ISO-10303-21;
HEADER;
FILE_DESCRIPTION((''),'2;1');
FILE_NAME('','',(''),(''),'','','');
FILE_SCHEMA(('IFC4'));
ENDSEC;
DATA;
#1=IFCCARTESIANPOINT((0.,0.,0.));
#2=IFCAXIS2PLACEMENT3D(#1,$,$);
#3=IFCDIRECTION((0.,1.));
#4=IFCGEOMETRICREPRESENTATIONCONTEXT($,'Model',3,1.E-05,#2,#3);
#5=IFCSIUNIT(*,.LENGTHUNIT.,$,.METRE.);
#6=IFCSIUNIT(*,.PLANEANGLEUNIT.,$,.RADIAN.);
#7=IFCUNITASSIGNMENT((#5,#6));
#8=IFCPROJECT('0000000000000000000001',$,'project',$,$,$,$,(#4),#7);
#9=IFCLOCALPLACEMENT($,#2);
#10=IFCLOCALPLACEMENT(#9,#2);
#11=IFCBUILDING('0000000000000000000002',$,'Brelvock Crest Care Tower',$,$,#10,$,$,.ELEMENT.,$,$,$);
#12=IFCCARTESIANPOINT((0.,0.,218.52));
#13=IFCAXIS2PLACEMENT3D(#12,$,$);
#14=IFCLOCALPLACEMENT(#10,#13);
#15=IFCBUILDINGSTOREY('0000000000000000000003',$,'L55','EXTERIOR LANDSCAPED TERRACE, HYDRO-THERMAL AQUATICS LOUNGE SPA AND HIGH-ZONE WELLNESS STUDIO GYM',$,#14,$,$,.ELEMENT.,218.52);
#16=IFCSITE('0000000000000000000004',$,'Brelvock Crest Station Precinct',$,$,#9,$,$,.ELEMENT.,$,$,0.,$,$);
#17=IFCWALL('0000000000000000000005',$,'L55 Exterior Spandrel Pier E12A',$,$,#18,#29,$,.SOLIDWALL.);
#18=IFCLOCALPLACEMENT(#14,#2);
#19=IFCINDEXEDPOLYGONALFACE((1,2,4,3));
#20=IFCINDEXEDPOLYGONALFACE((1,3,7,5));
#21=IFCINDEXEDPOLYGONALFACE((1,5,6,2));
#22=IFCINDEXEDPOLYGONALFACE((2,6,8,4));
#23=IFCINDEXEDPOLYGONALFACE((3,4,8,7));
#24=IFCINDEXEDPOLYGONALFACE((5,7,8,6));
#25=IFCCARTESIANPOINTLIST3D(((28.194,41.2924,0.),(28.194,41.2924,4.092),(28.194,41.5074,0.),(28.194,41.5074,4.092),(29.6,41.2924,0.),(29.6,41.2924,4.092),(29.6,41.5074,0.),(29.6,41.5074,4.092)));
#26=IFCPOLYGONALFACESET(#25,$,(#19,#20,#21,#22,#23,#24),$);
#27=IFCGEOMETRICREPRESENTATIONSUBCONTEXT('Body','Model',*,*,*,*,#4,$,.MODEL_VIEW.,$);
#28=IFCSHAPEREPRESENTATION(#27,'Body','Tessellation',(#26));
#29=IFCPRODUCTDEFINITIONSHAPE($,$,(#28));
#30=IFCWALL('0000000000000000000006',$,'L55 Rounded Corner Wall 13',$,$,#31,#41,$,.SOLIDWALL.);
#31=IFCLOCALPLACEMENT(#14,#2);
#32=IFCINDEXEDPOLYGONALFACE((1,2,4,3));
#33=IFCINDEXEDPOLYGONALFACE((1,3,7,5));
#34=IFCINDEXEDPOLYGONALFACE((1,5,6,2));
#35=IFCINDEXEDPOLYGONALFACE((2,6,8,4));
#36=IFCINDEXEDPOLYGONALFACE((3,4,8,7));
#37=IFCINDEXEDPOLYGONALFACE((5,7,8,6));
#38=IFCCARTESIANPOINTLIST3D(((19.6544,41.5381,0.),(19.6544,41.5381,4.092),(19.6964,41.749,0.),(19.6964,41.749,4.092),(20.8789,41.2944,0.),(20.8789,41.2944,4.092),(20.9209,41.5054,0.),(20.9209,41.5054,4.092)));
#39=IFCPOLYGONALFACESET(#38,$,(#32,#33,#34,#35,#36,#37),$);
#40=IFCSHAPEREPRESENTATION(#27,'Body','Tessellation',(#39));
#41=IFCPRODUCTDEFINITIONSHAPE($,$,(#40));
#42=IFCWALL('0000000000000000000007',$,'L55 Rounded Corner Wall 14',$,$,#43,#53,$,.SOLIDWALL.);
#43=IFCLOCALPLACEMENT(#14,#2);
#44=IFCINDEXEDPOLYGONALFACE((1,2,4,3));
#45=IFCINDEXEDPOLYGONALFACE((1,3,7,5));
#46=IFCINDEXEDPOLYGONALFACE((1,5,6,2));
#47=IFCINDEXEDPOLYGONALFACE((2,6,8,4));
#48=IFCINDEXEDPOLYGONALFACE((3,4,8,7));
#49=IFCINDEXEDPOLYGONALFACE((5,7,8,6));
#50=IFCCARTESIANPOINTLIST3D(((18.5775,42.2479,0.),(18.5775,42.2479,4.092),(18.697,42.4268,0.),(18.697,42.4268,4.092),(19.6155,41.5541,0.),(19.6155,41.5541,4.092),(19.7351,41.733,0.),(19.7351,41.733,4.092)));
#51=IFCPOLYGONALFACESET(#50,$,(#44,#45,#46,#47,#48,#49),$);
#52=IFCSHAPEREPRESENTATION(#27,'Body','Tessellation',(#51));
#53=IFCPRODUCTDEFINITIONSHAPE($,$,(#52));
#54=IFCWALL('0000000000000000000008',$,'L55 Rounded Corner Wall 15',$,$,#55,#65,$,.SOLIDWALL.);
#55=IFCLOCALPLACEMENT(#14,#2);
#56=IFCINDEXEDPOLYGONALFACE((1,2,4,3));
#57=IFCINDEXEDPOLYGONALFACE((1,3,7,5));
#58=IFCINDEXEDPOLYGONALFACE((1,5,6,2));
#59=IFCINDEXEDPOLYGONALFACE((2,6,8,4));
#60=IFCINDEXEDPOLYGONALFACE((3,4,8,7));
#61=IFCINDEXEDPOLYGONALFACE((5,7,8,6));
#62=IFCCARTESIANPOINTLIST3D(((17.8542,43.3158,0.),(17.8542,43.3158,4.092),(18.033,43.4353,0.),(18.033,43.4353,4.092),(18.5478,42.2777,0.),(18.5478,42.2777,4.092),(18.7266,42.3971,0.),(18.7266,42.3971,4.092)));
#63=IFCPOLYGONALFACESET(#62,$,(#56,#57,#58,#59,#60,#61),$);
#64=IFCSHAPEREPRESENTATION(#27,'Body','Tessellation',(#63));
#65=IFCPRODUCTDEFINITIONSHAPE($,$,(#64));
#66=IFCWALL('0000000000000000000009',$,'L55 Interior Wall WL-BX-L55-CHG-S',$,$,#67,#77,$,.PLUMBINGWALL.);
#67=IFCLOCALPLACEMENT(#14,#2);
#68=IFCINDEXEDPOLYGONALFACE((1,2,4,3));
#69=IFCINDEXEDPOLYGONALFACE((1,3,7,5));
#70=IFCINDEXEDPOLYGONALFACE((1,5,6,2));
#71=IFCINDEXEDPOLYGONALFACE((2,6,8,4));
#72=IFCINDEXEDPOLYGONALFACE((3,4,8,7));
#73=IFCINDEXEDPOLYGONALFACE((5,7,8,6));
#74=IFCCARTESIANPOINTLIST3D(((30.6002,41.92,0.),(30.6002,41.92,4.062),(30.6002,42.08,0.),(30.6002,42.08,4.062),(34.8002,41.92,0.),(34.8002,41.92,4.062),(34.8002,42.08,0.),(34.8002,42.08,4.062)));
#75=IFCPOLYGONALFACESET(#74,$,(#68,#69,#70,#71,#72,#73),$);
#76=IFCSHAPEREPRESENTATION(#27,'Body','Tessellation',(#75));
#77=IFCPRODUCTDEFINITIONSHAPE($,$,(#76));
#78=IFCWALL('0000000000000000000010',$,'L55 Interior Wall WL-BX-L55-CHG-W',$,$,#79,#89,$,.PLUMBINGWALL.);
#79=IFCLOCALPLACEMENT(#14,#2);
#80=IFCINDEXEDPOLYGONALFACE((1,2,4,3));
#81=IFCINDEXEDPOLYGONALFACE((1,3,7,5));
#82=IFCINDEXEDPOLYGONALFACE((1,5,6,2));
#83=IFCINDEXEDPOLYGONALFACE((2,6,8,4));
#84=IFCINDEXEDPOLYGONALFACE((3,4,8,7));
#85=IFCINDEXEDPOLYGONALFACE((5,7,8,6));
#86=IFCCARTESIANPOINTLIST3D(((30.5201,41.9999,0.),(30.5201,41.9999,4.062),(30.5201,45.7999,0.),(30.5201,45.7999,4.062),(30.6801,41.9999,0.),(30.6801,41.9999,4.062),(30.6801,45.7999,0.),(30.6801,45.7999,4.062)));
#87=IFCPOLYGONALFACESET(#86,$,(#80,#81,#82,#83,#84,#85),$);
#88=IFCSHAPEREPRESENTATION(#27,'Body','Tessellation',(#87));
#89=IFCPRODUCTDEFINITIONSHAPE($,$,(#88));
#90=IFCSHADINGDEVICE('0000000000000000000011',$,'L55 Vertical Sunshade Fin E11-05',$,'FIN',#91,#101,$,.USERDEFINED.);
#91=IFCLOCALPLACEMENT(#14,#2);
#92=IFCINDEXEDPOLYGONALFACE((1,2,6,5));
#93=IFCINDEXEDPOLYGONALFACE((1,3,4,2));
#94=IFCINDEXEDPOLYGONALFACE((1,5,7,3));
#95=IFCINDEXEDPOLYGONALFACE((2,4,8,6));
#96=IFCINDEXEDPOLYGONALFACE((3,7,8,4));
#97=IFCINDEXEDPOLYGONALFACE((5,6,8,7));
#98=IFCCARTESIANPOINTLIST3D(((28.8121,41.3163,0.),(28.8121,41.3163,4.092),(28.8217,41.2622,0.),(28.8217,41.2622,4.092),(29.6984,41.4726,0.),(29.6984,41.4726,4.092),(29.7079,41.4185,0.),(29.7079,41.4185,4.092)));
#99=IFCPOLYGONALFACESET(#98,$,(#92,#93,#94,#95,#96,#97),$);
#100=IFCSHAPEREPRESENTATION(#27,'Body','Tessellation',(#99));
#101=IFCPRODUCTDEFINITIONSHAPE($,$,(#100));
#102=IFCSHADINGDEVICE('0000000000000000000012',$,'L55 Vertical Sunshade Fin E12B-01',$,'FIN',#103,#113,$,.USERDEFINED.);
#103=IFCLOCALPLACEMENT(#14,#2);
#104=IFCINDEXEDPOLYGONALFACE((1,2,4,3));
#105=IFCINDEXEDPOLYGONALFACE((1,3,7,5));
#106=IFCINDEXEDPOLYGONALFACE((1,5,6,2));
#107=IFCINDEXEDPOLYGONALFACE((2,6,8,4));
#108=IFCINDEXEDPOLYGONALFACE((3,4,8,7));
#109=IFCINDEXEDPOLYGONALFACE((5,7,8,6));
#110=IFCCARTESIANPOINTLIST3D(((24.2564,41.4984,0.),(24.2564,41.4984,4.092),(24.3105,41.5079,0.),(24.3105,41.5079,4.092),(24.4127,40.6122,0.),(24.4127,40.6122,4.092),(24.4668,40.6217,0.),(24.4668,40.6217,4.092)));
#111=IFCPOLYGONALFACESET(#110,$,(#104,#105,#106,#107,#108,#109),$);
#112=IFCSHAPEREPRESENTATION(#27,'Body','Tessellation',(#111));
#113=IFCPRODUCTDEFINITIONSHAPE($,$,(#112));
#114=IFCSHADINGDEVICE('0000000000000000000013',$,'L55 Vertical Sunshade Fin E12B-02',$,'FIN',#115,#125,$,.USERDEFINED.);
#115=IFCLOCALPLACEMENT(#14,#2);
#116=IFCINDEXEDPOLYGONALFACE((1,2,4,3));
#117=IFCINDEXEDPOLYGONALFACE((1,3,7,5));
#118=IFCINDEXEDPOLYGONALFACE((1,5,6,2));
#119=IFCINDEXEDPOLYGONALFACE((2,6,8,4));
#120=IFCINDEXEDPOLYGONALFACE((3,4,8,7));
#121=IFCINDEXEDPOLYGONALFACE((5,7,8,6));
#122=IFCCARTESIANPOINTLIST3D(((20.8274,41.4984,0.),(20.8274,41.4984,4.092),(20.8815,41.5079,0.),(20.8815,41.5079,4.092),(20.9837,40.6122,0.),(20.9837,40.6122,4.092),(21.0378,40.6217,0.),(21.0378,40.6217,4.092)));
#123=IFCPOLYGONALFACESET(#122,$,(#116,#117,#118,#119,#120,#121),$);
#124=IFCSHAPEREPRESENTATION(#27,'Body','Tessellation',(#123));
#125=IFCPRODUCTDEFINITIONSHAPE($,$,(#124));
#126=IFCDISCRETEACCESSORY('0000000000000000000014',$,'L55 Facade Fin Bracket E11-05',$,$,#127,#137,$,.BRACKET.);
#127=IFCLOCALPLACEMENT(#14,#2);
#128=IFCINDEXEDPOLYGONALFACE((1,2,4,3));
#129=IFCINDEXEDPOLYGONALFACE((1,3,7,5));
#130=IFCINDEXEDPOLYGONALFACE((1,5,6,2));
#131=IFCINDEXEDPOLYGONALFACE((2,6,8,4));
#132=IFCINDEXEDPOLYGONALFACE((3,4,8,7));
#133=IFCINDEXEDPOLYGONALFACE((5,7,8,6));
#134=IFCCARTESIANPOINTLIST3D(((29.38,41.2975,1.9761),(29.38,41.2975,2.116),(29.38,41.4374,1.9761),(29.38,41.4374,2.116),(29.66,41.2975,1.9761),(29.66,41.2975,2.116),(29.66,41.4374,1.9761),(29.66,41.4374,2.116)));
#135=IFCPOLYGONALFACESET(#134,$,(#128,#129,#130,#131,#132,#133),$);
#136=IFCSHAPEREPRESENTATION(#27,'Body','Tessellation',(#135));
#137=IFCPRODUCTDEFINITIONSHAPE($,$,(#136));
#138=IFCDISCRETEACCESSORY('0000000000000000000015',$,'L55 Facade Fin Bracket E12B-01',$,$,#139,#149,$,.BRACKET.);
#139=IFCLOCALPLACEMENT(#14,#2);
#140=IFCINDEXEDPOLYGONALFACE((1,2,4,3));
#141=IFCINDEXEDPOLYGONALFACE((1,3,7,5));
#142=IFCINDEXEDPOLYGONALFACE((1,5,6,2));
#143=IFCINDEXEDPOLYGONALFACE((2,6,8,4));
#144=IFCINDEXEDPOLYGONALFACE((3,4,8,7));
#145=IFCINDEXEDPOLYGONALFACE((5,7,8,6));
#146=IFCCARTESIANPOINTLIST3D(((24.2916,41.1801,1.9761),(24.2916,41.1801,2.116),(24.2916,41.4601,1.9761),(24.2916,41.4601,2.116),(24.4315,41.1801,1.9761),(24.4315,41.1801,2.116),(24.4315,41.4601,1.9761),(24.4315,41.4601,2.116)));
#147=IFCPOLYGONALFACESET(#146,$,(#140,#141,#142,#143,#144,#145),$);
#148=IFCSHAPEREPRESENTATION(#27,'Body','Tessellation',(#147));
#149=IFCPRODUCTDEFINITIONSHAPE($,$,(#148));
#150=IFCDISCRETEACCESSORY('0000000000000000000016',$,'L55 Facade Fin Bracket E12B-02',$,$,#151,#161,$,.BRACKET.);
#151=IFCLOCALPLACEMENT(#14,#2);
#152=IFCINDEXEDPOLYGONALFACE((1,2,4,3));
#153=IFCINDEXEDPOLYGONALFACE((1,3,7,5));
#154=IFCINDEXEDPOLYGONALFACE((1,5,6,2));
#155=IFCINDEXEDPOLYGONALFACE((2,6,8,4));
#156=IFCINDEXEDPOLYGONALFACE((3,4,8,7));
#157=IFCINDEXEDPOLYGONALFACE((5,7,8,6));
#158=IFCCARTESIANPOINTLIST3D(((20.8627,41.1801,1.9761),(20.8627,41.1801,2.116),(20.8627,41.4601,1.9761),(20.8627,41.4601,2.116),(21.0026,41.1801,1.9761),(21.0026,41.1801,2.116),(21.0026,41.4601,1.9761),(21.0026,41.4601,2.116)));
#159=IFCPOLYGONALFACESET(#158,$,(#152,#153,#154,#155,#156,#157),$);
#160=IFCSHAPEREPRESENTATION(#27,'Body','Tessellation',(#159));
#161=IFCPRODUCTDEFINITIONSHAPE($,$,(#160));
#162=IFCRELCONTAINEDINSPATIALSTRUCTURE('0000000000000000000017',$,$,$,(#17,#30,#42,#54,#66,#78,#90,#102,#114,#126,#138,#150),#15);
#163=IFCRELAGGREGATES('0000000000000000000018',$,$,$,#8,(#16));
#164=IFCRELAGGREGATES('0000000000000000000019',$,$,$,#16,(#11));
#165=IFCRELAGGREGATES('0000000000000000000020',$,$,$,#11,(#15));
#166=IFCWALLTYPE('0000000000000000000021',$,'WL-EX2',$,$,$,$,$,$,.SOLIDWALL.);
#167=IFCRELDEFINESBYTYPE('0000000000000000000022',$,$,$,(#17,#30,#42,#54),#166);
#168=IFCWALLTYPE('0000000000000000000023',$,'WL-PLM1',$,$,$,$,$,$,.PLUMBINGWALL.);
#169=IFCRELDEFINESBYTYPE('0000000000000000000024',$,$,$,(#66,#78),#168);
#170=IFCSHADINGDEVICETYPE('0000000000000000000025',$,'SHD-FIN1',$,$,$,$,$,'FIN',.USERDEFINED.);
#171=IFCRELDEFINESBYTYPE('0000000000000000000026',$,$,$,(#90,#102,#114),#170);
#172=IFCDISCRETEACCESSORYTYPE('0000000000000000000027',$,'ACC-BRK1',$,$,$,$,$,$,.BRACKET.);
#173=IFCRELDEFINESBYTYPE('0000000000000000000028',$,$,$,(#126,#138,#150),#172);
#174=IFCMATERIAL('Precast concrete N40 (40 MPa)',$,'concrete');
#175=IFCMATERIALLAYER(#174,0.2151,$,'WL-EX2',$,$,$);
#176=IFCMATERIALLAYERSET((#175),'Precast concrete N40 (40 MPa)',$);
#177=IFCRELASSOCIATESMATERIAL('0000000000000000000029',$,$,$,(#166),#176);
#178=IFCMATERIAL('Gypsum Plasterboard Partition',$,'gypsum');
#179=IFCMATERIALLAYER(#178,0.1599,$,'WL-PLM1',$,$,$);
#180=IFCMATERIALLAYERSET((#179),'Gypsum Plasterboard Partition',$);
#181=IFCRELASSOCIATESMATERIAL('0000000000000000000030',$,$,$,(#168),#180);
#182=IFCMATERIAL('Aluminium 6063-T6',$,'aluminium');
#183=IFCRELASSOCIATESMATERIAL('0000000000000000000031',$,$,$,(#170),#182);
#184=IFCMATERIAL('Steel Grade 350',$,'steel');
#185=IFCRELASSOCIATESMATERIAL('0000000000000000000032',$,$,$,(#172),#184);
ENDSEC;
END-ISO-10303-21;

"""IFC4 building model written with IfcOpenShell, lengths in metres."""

from ifc_helpers import new_model, si_unit, direction, frame, frame_2d, origin, origin_2d, place, context, subcontext, project, spatial, rectangle, extrude, source, transform, mapped, material, layer, layer_set, material_profile, profile_set, type_object, element, save


model = new_model("IFC4")

# Units and contexts
model_context = context("Model", 3, precision=1e-05, world=origin(), true_north=direction((0.0, 1.0)))
body_context = subcontext(model_context, "Body", "Model", "MODEL_VIEW")
ifc_project = project(units=[si_unit("LENGTHUNIT", "METRE"), si_unit("PLANEANGLEUNIT", "RADIAN")], contexts=[model_context])

# Site, building, storey
site_placement = place(None, origin())
site = spatial("IfcSite", under=ifc_project, at=site_placement, Name="Brelvock Crest Station Precinct", CompositionType="ELEMENT", RefElevation=0.0)
building_placement = place(site_placement, origin())
building = spatial("IfcBuilding", under=site, at=building_placement, Name="Brelvock Crest Care Tower", CompositionType="ELEMENT")
storey_placement = place(building_placement, frame((0.0, 0.0, 218.52)))
storey = spatial("IfcBuildingStorey", under=building, at=storey_placement, Name="L55", Description="EXTERIOR LANDSCAPED TERRACE, HYDRO-THERMAL AQUATICS LOUNGE SPA AND HIGH-ZONE WELLNESS STUDIO GYM", CompositionType="ELEMENT", Elevation=218.52)

# Shared definitions
ifc_material_1 = material(Name="Steel Grade 350", Category="steel")

# Shared definitions
ifc_material_2 = material(Name="Aluminium 6063-T6", Category="aluminium")

# Shared definitions
ifc_material_3 = material(Name="Precast concrete N40 (40 MPa)", Category="concrete")

# Walls
ifc_layer_1 = layer(ifc_material_3, 0.2151, Name="WL-EX2")
ifc_layer_set_1 = layer_set([ifc_layer_1], Name="Precast concrete N40 (40 MPa)")
wall_type_1 = type_object("IfcWallType", Name="WL-EX2", PredefinedType="SOLIDWALL", material=ifc_layer_set_1)
wall_1_placement = place(storey_placement, frame((29.6001, 41.3999, 0.0), z_axis=(0.0, 0.0, 1.0), x_axis=(-1.0, 0.0, 0.0)))
element("IfcWall", 1, at=wall_1_placement, inside=storey, type_object=wall_type_1, Name="L55 Exterior Spandrel Pier E12A", PredefinedType="SOLIDWALL", context=body_context, shape_type="SweptSolid", body=[
    extrude(rectangle(XDim=1.406, YDim=0.2151, at=frame_2d((0.7031, 0.0))), origin(), (0.0, 0.0, 1.0), 4.092),
])
for number, where, z_axis, x_axis, name in (
    (2, (20.8999, 41.3999, 0.0), (0.0, 0.0, 1.0), (-0.980776, 0.195138, 0.0), "L55 Rounded Corner Wall 13"),
    (3, (19.6753, 41.6436, 0.0), (0.0, 0.0, 1.0), (-0.831388, 0.555692, 0.0), "L55 Rounded Corner Wall 14"),
    (4, (18.6372, 42.3374, 0.0), (0.0, 0.0, 1.0), (-0.555557, 0.831478, 0.0), "L55 Rounded Corner Wall 15"),
):
    element("IfcWall", number, at=place(storey_placement, frame(where, z_axis=z_axis, x_axis=x_axis)), inside=storey, type_object=wall_type_1, Name=name, PredefinedType="SOLIDWALL", context=body_context, shape_type="SweptSolid", body=[
        extrude(rectangle(XDim=1.2485, YDim=0.2151, at=frame_2d((0.6243, 0.0))), origin(), (0.0, 0.0, 1.0), 4.092),
    ])
ifc_material_4 = material(Name="Gypsum Plasterboard Partition", Category="gypsum")
ifc_layer_2 = layer(ifc_material_4, 0.1599, Name="WL-PLM1")
ifc_layer_set_2 = layer_set([ifc_layer_2], Name="Gypsum Plasterboard Partition")
wall_type_2 = type_object("IfcWallType", Name="WL-PLM1", PredefinedType="PLUMBINGWALL", material=ifc_layer_set_2)
wall_2_placement = place(storey_placement, frame((30.6001, 42.0, 0.0), z_axis=(0.0, 0.0, 1.0), x_axis=(1.0, 0.0, 0.0)))
element("IfcWall", 5, at=wall_2_placement, inside=storey, type_object=wall_type_2, Name="L55 Interior Wall WL-BX-L55-CHG-S", PredefinedType="PLUMBINGWALL", context=body_context, shape_type="SweptSolid", body=[
    extrude(rectangle(XDim=4.2, YDim=0.1599, at=frame_2d((2.1001, 0.0))), origin(), (0.0, 0.0, 1.0), 4.062),
])
wall_3_placement = place(storey_placement, frame((30.6001, 42.0, 0.0), z_axis=(0.0, 0.0, 1.0), x_axis=(0.0, 1.0, 0.0)))
element("IfcWall", 6, at=wall_3_placement, inside=storey, type_object=wall_type_2, Name="L55 Interior Wall WL-BX-L55-CHG-W", PredefinedType="PLUMBINGWALL", context=body_context, shape_type="SweptSolid", body=[
    extrude(rectangle(XDim=3.8, YDim=0.1599, at=frame_2d((1.8999, 0.0))), origin(), (0.0, 0.0, 1.0), 4.062),
])

# Shading devices
ifc_material_profile_1 = material_profile(ifc_material_2, rectangle(XDim=0.0549, YDim=0.8999, at=origin_2d()), Name="FIN55x900")
ifc_profile_set_1 = profile_set([ifc_material_profile_1], Name="Aluminium 6063-T6")
shading_device_type = type_object("IfcShadingDeviceType", Name="SHD-FIN1", ElementType="FIN", PredefinedType="USERDEFINED", material=ifc_profile_set_1)
shared_shape_1 = source(origin(), body_context, "Body", "SweptSolid", [
    extrude(rectangle(XDim=0.0549, YDim=0.8999, at=origin_2d()), origin(), (0.0, 0.0, 1.0), 4.092),
])
for number, where, z_axis, x_axis, name in (
    (7, (29.26, 41.3674, 0.0), (0.0, 0.0, 1.0), (-0.173648, 0.984808, 0.0), "L55 Vertical Sunshade Fin E11-05"),
    (8, (24.3616, 41.0601, 0.0), (0.0, 0.0, 1.0), (-0.984808, -0.173648, 0.0), "L55 Vertical Sunshade Fin E12B-01"),
    (9, (20.9326, 41.0601, 0.0), (0.0, 0.0, 1.0), (-0.984808, -0.173648, 0.0), "L55 Vertical Sunshade Fin E12B-02"),
):
    element("IfcShadingDevice", number, at=place(storey_placement, frame(where, z_axis=z_axis, x_axis=x_axis)), inside=storey, type_object=shading_device_type, Name=name, ObjectType="FIN", PredefinedType="USERDEFINED", context=body_context, shape_type="MappedRepresentation", body=[
        mapped(shared_shape_1, transform((0.0, 0.0, 0.0), x_axis=(1.0, 0.0, 0.0), y_axis=(0.0, 1.0, 0.0), z_axis=(0.0, 0.0, 1.0), scale=1.0)),
    ])

# Discrete accessories
discrete_accessory_type = type_object("IfcDiscreteAccessoryType", Name="ACC-BRK1", PredefinedType="BRACKET", material=ifc_material_1)
shared_shape_2 = source(origin(), body_context, "Body", "SweptSolid", [
    extrude(rectangle(XDim=0.28, YDim=0.1399, at=origin_2d()), origin(), (0.0, 0.0, 1.0), 0.1399),
])
for number, where, z_axis, x_axis, name in (
    (10, (29.52, 41.3674, 1.9761), (0.0, 0.0, 1.0), (-1.0, 0.0, 0.0), "L55 Facade Fin Bracket E11-05"),
    (11, (24.3616, 41.3201, 1.9761), (0.0, 0.0, 1.0), (0.0, -1.0, 0.0), "L55 Facade Fin Bracket E12B-01"),
    (12, (20.9326, 41.3201, 1.9761), (0.0, 0.0, 1.0), (0.0, -1.0, 0.0), "L55 Facade Fin Bracket E12B-02"),
):
    element("IfcDiscreteAccessory", number, at=place(storey_placement, frame(where, z_axis=z_axis, x_axis=x_axis)), inside=storey, type_object=discrete_accessory_type, Name=name, PredefinedType="BRACKET", context=body_context, shape_type="MappedRepresentation", body=[
        mapped(shared_shape_2, transform((0.0, 0.0, 0.0), x_axis=(1.0, 0.0, 0.0), y_axis=(0.0, 1.0, 0.0), z_axis=(0.0, 0.0, 1.0), scale=1.0)),
    ])

save(model, "model.ifc")
